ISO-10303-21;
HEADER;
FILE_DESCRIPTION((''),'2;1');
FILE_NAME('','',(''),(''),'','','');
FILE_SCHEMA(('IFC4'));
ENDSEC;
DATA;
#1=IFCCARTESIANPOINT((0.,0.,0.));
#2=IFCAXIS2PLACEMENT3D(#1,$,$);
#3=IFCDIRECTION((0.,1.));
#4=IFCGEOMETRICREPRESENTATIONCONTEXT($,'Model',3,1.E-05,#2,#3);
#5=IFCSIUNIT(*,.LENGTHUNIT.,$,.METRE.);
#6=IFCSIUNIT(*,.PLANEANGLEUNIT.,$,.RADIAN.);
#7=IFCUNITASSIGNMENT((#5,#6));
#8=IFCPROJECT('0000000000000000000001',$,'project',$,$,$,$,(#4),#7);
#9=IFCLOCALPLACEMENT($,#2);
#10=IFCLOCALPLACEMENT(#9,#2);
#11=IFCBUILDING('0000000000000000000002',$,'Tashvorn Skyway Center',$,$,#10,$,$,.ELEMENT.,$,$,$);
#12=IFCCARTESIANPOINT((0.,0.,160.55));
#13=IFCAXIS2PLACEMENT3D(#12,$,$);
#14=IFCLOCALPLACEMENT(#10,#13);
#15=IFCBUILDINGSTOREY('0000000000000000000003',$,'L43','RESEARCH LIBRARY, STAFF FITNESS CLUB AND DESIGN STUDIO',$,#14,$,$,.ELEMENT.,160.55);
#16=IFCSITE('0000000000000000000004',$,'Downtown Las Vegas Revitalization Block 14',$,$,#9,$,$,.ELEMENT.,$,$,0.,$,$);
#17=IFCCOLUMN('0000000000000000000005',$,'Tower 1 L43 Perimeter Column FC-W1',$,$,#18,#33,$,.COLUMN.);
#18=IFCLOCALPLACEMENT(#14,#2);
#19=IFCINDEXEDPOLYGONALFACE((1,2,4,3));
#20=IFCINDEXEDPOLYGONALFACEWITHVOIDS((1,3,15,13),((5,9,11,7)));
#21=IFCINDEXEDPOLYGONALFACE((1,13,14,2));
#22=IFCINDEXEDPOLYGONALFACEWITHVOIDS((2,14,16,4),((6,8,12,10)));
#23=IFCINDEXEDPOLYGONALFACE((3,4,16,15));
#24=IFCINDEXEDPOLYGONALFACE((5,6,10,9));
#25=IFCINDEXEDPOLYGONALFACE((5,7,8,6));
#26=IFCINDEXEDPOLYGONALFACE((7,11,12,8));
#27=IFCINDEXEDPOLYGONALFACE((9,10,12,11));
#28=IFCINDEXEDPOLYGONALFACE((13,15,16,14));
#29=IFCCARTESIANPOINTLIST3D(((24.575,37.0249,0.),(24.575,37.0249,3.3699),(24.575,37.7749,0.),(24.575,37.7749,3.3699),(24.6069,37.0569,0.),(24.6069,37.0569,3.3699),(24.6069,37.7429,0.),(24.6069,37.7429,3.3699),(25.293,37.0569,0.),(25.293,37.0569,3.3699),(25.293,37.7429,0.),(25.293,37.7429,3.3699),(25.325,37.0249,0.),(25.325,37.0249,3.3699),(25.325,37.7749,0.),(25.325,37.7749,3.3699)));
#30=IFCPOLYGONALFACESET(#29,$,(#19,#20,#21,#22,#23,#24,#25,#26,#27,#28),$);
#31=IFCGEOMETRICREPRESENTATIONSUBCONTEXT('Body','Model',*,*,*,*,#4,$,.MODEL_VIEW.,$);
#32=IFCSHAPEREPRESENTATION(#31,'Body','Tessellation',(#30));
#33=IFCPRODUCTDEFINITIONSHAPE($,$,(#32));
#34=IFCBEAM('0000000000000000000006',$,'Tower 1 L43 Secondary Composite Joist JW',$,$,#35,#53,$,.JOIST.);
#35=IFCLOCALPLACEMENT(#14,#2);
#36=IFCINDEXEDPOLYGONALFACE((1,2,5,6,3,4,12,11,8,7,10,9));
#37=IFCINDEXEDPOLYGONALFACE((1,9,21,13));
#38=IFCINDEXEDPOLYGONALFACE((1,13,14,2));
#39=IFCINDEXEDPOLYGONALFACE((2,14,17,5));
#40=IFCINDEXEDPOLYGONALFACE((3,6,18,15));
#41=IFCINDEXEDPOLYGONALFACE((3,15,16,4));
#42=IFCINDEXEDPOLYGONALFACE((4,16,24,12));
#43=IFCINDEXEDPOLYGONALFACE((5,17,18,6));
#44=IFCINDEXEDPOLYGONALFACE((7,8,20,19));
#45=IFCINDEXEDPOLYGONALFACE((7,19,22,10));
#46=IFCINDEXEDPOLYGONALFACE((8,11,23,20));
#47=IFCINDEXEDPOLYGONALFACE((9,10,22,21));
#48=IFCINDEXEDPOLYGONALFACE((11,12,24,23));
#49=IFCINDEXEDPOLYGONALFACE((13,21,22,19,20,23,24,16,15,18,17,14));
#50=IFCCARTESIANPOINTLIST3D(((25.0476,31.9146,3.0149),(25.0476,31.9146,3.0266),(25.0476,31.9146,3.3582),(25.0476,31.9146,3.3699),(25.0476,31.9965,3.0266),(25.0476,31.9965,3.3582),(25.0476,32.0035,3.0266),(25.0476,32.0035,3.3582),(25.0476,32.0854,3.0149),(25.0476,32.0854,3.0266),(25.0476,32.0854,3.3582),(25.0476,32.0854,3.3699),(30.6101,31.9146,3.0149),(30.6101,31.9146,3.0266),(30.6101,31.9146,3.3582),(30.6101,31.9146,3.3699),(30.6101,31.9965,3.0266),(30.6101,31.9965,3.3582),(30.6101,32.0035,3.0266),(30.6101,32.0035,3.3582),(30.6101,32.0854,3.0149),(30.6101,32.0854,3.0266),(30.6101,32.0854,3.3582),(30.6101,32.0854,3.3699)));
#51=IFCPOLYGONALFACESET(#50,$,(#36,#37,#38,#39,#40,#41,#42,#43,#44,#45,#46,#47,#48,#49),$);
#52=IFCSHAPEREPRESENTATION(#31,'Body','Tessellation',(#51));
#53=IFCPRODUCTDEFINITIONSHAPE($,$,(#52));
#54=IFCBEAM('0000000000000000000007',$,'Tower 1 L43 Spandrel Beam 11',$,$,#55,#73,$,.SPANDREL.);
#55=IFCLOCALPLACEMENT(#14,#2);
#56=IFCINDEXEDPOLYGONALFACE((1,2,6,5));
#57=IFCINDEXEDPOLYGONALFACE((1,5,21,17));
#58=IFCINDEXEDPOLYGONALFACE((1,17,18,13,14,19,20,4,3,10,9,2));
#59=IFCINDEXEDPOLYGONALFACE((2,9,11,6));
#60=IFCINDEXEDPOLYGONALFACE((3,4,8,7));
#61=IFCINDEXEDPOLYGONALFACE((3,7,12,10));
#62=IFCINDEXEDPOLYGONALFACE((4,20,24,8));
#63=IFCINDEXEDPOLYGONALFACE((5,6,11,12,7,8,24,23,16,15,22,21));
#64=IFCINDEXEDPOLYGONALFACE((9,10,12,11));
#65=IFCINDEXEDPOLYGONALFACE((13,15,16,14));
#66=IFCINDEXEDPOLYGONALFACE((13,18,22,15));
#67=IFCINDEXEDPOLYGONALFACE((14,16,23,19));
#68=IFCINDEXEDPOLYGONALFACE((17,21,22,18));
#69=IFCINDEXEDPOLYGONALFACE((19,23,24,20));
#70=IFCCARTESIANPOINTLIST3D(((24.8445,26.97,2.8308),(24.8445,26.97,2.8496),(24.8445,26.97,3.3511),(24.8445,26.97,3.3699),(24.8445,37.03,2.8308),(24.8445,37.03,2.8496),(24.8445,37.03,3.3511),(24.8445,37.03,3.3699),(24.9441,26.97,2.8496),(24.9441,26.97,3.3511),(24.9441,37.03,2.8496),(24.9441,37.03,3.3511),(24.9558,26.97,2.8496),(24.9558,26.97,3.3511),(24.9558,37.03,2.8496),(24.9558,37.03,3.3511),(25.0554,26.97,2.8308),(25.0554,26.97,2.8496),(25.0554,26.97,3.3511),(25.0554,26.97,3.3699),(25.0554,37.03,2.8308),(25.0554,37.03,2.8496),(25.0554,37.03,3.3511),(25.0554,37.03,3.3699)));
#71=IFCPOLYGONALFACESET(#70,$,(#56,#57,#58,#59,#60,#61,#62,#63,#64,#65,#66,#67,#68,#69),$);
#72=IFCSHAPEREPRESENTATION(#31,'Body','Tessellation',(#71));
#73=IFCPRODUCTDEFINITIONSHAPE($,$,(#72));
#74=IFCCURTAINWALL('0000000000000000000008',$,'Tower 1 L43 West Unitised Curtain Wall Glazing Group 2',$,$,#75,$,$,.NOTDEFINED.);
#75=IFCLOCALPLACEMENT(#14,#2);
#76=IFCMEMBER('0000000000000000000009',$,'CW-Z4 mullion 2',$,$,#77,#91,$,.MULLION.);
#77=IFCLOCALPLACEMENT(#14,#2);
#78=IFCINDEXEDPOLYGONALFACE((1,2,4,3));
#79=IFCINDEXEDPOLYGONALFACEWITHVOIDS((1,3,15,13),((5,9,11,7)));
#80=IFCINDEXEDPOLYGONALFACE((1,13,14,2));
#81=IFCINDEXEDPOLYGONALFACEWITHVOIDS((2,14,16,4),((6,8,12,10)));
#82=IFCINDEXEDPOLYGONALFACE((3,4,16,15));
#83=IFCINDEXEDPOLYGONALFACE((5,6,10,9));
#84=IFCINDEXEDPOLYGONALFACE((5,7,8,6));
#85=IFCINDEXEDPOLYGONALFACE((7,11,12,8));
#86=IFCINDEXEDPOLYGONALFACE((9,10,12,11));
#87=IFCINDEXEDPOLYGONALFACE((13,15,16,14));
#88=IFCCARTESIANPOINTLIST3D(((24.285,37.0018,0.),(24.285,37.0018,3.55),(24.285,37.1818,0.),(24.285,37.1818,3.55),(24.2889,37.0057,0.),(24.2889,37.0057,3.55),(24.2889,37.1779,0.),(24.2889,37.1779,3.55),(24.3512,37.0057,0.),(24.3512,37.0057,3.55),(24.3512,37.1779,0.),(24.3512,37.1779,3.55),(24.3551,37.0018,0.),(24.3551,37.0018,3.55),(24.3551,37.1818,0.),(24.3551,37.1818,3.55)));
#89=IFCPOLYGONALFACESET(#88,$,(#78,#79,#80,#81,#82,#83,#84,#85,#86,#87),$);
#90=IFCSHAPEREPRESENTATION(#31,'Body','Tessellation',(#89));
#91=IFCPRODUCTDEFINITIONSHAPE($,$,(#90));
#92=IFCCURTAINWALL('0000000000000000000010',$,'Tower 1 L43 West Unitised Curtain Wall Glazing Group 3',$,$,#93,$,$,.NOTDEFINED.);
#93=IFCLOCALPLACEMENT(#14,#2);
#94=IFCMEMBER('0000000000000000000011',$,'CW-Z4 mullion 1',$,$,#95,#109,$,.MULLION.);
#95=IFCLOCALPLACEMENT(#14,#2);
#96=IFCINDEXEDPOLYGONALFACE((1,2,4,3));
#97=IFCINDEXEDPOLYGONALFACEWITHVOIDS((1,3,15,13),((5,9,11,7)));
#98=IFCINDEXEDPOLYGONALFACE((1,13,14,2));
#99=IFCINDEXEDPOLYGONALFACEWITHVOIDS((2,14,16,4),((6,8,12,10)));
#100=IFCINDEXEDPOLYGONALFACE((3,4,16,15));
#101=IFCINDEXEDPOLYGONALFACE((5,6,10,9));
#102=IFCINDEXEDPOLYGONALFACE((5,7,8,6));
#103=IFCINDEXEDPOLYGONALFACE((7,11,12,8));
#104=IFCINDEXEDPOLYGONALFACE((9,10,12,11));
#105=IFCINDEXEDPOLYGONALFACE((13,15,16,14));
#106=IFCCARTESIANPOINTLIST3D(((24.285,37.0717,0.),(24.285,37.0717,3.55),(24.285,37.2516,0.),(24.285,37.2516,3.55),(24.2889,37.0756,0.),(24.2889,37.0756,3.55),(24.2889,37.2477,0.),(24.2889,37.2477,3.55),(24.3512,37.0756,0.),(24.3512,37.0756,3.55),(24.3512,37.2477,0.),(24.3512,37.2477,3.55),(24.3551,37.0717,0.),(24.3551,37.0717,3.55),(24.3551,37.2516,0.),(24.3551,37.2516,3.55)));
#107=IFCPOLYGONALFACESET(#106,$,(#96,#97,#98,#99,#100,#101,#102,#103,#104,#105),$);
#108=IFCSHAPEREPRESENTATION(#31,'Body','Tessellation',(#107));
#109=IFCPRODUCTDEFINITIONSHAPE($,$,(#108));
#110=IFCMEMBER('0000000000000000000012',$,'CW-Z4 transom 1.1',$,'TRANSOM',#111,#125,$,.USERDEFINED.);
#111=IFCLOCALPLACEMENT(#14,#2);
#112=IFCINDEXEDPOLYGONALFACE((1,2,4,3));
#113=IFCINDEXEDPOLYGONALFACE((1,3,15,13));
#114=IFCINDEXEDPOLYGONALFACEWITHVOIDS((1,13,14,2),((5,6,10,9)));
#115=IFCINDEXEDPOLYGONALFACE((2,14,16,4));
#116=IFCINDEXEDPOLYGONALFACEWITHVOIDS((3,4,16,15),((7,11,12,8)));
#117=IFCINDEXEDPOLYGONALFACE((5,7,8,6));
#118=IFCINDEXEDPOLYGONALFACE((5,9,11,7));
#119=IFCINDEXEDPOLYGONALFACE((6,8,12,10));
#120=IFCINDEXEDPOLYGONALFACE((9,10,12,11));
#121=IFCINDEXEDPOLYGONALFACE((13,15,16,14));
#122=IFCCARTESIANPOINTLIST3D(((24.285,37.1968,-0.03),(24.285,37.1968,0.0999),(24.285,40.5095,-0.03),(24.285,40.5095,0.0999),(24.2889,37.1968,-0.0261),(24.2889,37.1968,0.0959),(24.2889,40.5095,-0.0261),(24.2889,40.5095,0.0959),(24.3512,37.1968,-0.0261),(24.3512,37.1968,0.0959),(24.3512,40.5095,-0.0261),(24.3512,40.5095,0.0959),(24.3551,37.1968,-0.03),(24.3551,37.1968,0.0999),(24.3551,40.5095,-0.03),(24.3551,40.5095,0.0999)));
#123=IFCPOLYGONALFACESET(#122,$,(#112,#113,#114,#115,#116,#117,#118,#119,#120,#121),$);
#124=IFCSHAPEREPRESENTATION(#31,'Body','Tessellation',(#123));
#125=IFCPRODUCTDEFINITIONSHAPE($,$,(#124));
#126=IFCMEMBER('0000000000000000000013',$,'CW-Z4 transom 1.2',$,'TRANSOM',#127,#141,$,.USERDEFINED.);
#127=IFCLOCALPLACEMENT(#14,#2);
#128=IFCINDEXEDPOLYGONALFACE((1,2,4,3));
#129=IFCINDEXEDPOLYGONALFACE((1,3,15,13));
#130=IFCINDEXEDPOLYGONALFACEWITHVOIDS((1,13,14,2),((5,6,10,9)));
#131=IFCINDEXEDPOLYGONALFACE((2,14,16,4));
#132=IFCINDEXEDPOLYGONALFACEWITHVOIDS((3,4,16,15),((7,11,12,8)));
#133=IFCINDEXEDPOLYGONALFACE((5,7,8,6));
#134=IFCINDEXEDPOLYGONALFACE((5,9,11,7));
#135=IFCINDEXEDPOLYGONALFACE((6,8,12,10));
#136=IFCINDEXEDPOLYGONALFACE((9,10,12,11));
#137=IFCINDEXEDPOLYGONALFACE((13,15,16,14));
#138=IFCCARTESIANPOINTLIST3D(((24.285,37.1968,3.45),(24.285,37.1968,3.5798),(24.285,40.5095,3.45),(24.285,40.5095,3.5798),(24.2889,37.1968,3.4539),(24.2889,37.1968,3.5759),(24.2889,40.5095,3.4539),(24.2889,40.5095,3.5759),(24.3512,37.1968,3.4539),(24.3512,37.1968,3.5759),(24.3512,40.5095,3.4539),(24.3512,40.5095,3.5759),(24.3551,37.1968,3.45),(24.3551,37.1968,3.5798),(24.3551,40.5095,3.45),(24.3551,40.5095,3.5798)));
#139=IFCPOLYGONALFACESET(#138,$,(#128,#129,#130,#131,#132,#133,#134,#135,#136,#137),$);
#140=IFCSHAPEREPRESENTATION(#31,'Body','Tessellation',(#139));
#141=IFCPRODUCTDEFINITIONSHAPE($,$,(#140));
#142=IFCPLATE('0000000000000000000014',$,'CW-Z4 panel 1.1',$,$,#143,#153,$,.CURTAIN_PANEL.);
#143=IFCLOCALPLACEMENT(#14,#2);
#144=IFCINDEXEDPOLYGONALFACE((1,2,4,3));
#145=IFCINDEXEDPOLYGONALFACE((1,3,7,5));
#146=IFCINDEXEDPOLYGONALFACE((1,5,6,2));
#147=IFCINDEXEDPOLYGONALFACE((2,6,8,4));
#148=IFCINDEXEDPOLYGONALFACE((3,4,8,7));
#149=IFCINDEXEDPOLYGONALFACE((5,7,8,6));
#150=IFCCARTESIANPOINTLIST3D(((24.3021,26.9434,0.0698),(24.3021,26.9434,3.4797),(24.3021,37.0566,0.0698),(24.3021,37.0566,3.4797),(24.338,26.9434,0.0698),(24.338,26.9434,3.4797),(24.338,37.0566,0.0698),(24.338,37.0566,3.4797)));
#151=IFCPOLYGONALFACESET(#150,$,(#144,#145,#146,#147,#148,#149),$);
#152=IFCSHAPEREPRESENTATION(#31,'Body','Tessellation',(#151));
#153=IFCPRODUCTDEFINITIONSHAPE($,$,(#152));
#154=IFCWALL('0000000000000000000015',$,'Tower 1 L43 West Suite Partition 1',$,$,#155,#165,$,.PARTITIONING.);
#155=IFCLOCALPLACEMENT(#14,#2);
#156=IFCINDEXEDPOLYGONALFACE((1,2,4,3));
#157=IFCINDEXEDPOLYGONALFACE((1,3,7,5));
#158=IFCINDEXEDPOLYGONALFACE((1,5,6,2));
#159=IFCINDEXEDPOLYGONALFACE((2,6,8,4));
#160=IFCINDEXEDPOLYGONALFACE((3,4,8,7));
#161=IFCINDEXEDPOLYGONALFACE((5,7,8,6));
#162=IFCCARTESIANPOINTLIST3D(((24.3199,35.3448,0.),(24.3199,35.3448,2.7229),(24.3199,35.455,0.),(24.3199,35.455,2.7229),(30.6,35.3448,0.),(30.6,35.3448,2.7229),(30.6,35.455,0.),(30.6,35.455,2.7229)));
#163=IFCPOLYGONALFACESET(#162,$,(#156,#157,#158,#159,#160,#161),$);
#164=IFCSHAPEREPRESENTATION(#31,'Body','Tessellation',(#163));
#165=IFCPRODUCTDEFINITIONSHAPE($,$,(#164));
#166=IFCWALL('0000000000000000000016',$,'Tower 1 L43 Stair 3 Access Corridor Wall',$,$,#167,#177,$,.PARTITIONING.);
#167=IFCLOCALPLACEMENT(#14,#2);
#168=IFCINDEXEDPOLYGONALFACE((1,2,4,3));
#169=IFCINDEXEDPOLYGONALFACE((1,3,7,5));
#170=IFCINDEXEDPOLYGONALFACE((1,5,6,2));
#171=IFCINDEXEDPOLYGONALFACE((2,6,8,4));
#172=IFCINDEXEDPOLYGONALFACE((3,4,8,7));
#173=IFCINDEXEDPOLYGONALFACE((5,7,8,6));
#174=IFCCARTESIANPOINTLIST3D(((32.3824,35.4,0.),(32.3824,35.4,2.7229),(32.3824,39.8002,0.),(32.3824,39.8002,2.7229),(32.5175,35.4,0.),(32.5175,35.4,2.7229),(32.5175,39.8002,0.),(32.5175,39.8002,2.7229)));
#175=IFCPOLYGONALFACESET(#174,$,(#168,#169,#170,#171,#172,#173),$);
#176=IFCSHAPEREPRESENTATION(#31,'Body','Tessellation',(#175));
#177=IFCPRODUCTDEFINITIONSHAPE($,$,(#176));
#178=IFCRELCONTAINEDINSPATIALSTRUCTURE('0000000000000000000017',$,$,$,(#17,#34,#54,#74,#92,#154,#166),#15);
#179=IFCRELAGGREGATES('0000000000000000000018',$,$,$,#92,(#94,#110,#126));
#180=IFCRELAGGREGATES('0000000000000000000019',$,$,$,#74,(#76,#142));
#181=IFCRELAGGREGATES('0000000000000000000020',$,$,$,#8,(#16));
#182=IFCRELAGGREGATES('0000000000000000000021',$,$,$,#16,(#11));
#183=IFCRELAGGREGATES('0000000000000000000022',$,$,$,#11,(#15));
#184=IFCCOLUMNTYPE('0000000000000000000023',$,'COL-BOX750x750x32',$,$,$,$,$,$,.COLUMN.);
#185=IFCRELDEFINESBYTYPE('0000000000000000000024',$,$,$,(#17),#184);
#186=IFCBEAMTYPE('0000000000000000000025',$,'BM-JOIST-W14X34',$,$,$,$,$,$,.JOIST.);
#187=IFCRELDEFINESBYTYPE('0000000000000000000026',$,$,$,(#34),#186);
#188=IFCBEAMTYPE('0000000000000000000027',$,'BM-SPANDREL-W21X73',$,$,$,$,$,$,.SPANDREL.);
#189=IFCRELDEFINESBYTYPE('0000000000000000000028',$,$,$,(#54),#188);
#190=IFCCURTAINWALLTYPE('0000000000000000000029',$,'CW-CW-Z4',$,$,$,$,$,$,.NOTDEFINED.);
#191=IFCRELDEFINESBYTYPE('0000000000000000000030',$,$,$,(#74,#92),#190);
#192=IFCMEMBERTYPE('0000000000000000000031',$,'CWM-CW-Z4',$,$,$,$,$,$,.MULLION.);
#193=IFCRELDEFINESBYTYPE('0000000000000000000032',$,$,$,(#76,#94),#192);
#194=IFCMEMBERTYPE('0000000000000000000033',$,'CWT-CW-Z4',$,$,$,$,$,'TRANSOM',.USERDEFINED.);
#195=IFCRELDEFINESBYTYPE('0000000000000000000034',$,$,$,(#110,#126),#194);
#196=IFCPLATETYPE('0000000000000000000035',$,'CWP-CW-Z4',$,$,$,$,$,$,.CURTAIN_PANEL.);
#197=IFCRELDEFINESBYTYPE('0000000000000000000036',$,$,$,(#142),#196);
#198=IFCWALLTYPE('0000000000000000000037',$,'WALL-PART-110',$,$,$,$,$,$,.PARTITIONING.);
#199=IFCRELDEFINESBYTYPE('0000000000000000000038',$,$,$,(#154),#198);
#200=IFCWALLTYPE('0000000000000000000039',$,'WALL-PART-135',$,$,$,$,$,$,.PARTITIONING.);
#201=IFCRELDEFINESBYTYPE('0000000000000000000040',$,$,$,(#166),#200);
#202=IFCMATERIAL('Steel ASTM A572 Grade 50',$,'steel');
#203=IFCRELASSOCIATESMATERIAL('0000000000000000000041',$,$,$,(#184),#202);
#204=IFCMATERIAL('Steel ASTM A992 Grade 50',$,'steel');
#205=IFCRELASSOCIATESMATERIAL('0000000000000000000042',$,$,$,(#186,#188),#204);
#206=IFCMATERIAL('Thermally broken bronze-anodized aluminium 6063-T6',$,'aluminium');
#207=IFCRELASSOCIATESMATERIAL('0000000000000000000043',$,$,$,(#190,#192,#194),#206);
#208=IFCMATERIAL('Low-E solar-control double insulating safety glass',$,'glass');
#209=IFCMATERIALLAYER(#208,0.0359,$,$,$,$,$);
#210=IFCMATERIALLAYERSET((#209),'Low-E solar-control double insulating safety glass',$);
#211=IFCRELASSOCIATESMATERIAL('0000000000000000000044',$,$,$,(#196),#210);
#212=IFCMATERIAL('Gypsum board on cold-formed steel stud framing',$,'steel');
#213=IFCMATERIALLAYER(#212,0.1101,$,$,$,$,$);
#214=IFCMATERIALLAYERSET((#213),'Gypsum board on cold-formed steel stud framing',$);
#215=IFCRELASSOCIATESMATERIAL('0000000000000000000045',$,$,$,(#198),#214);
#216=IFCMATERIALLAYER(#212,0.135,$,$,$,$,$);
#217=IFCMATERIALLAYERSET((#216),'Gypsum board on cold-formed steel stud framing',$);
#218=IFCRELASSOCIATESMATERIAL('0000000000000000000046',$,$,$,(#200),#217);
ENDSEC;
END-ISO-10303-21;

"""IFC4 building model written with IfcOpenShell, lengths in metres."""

from ifc_helpers import new_model, si_unit, direction, frame, frame_2d, origin, origin_2d, place, context, subcontext, project, spatial, rectangle, hollow_rectangle, i_section, extrude, material, layer, layer_set, material_profile, profile_set, type_object, element, aggregate, save


model = new_model("IFC4")

# Units and contexts
model_context = context("Model", 3, precision=1e-05, world=origin(), true_north=direction((0.0, 1.0)))
body_context = subcontext(model_context, "Body", "Model", "MODEL_VIEW")
ifc_project = project(units=[si_unit("LENGTHUNIT", "METRE"), si_unit("PLANEANGLEUNIT", "RADIAN")], contexts=[model_context])

# Site, building, storey
site_placement = place(None, origin())
site = spatial("IfcSite", under=ifc_project, at=site_placement, Name="Downtown Las Vegas Revitalization Block 14", CompositionType="ELEMENT", RefElevation=0.0)
building_placement = place(site_placement, origin())
building = spatial("IfcBuilding", under=site, at=building_placement, Name="Tashvorn Skyway Center", CompositionType="ELEMENT")
storey_placement = place(building_placement, frame((0.0, 0.0, 160.55)))
storey = spatial("IfcBuildingStorey", under=building, at=storey_placement, Name="L43", Description="RESEARCH LIBRARY, STAFF FITNESS CLUB AND DESIGN STUDIO", CompositionType="ELEMENT", Elevation=160.55)

# Column
ifc_material_1 = material(Name="Steel ASTM A572 Grade 50", Category="steel")
ifc_material_profile_1 = material_profile(ifc_material_1, hollow_rectangle(XDim=0.75, YDim=0.75, WallThickness=0.032, at=origin_2d()), Name="BOX750x750x32")
ifc_profile_set_1 = profile_set([ifc_material_profile_1], Name="Steel ASTM A572 Grade 50")
column_type = type_object("IfcColumnType", Name="COL-BOX750x750x32", PredefinedType="COLUMN", material=ifc_profile_set_1)
column_placement = place(storey_placement, frame((24.95, 37.3999, 0.0), z_axis=(0.0, 0.0, 1.0), x_axis=(1.0, 0.0, 0.0)))
element("IfcColumn", 1, at=column_placement, inside=storey, type_object=column_type, Name="Tower 1 L43 Perimeter Column FC-W1", PredefinedType="COLUMN", context=body_context, shape_type="SweptSolid", body=[
    extrude(hollow_rectangle(XDim=0.75, YDim=0.75, WallThickness=0.032, at=origin_2d()), origin(), (0.0, 0.0, 1.0), 3.3699),
])

# Beams
ifc_material_2 = material(Name="Steel ASTM A992 Grade 50", Category="steel")
ifc_material_profile_2 = material_profile(ifc_material_2, i_section(OverallWidth=0.1709, OverallDepth=0.355, WebThickness=0.0071, FlangeThickness=0.0117, at=origin_2d()), Name="W14X34")
ifc_profile_set_2 = profile_set([ifc_material_profile_2], Name="Steel ASTM A992 Grade 50")
beam_type_1 = type_object("IfcBeamType", Name="BM-JOIST-W14X34", PredefinedType="JOIST", material=ifc_profile_set_2)
beam_1_placement = place(storey_placement, frame((30.6101, 32.0, 3.1924), z_axis=(-1.0, 0.0, 0.0), x_axis=(0.0, -1.0, 0.0)))
element("IfcBeam", 2, at=beam_1_placement, inside=storey, type_object=beam_type_1, Name="Tower 1 L43 Secondary Composite Joist JW", PredefinedType="JOIST", context=body_context, shape_type="SweptSolid", body=[
    extrude(i_section(OverallWidth=0.1709, OverallDepth=0.355, WebThickness=0.0071, FlangeThickness=0.0117, at=origin_2d()), origin(), (0.0, 0.0, 1.0), 5.5625),
])
ifc_material_profile_3 = material_profile(ifc_material_2, i_section(OverallWidth=0.2109, OverallDepth=0.5391, WebThickness=0.0117, FlangeThickness=0.0188, at=origin_2d()), Name="W21X73")
ifc_profile_set_3 = profile_set([ifc_material_profile_3], Name="Steel ASTM A992 Grade 50")
beam_type_2 = type_object("IfcBeamType", Name="BM-SPANDREL-W21X73", PredefinedType="SPANDREL", material=ifc_profile_set_3)
beam_2_placement = place(storey_placement, frame((24.95, 37.03, 3.1003), z_axis=(0.0, -1.0, 0.0), x_axis=(1.0, 0.0, 0.0)))
element("IfcBeam", 3, at=beam_2_placement, inside=storey, type_object=beam_type_2, Name="Tower 1 L43 Spandrel Beam 11", PredefinedType="SPANDREL", context=body_context, shape_type="SweptSolid", body=[
    extrude(i_section(OverallWidth=0.2109, OverallDepth=0.5391, WebThickness=0.0117, FlangeThickness=0.0188, at=origin_2d()), origin(), (0.0, 0.0, 1.0), 10.0601),
])

# Curtain wall, member
ifc_material_3 = material(Name="Thermally broken bronze-anodized aluminium 6063-T6", Category="aluminium")
curtain_wall_type = type_object("IfcCurtainWallType", Name="CW-CW-Z4", PredefinedType="NOTDEFINED", material=ifc_material_3)
curtain_wall_1_placement = place(storey_placement, origin())
curtain_wall_1 = element("IfcCurtainWall", 4, at=curtain_wall_1_placement, inside=storey, type_object=curtain_wall_type, Name="Tower 1 L43 West Unitised Curtain Wall Glazing Group 2", PredefinedType="NOTDEFINED")
ifc_material_profile_4 = material_profile(ifc_material_3, hollow_rectangle(XDim=0.0701, YDim=0.1799, WallThickness=0.0039, at=origin_2d()), Name="ALU-MULL-70x180")
ifc_profile_set_4 = profile_set([ifc_material_profile_4], Name="Thermally broken bronze-anodized aluminium 6063-T6")
member_type_1 = type_object("IfcMemberType", Name="CWM-CW-Z4", PredefinedType="MULLION", material=ifc_profile_set_4)
member_1_placement = place(storey_placement, frame((24.3201, 37.0918, 0.0), z_axis=(0.0, 0.0, 1.0), x_axis=(-1.0, 0.0, 0.0)))
member_1 = element("IfcMember", 5, at=member_1_placement, type_object=member_type_1, Name="CW-Z4 mullion 2", PredefinedType="MULLION", context=body_context, shape_type="SweptSolid", body=[
    extrude(hollow_rectangle(XDim=0.0701, YDim=0.1799, WallThickness=0.0039, at=origin_2d()), origin(), (0.0, 0.0, 1.0), 3.55),
])

# Curtain wall, members
curtain_wall_2_placement = place(storey_placement, origin())
curtain_wall_2 = element("IfcCurtainWall", 6, at=curtain_wall_2_placement, inside=storey, type_object=curtain_wall_type, Name="Tower 1 L43 West Unitised Curtain Wall Glazing Group 3", PredefinedType="NOTDEFINED")
member_2_placement = place(storey_placement, frame((24.3201, 37.1616, 0.0), z_axis=(0.0, 0.0, 1.0), x_axis=(-1.0, 0.0, 0.0)))
member_2 = element("IfcMember", 7, at=member_2_placement, type_object=member_type_1, Name="CW-Z4 mullion 1", PredefinedType="MULLION", context=body_context, shape_type="SweptSolid", body=[
    extrude(hollow_rectangle(XDim=0.0701, YDim=0.1799, WallThickness=0.0039, at=origin_2d()), origin(), (0.0, 0.0, 1.0), 3.55),
])
ifc_material_profile_5 = material_profile(ifc_material_3, hollow_rectangle(XDim=0.0701, YDim=0.1299, WallThickness=0.0039, at=origin_2d()), Name="ALU-TRAN-70x130")
ifc_profile_set_5 = profile_set([ifc_material_profile_5], Name="Thermally broken bronze-anodized aluminium 6063-T6")
member_type_2 = type_object("IfcMemberType", Name="CWT-CW-Z4", ElementType="TRANSOM", PredefinedType="USERDEFINED", material=ifc_profile_set_5)
member_3_placement = place(storey_placement, frame((24.3201, 37.1968, 0.0349), z_axis=(0.0, 1.0, 0.0), x_axis=(-1.0, 0.0, 0.0)))
member_3 = element("IfcMember", 8, at=member_3_placement, type_object=member_type_2, Name="CW-Z4 transom 1.1", ObjectType="TRANSOM", PredefinedType="USERDEFINED", context=body_context, shape_type="SweptSolid", body=[
    extrude(hollow_rectangle(XDim=0.0701, YDim=0.1299, WallThickness=0.0039, at=origin_2d()), origin(), (0.0, 0.0, 1.0), 3.3127),
])
member_4_placement = place(storey_placement, frame((24.3201, 37.1968, 3.5149), z_axis=(0.0, 1.0, 0.0), x_axis=(-1.0, 0.0, 0.0)))
member_4 = element("IfcMember", 9, at=member_4_placement, type_object=member_type_2, Name="CW-Z4 transom 1.2", ObjectType="TRANSOM", PredefinedType="USERDEFINED", context=body_context, shape_type="SweptSolid", body=[
    extrude(hollow_rectangle(XDim=0.0701, YDim=0.1299, WallThickness=0.0039, at=origin_2d()), origin(), (0.0, 0.0, 1.0), 3.3127),
])
aggregate(curtain_wall_2, [member_2, member_3, member_4])

# Plate
ifc_material_4 = material(Name="Low-E solar-control double insulating safety glass", Category="glass")
ifc_layer_1 = layer(ifc_material_4, 0.0359)
ifc_layer_set_1 = layer_set([ifc_layer_1], Name="Low-E solar-control double insulating safety glass")
plate_type = type_object("IfcPlateType", Name="CWP-CW-Z4", PredefinedType="CURTAIN_PANEL", material=ifc_layer_set_1)
plate_placement = place(storey_placement, frame((24.3201, 32.0, 0.0698), z_axis=(0.0, 0.0, 1.0), x_axis=(0.0, 1.0, 0.0)))
plate = element("IfcPlate", 10, at=plate_placement, type_object=plate_type, Name="CW-Z4 panel 1.1", PredefinedType="CURTAIN_PANEL", context=body_context, shape_type="SweptSolid", body=[
    extrude(rectangle(XDim=10.1133, YDim=0.0359, at=origin_2d()), origin(), (0.0, 0.0, 1.0), 3.4099),
])
aggregate(curtain_wall_1, [member_1, plate])

# Walls
ifc_material_5 = material(Name="Gypsum board on cold-formed steel stud framing", Category="steel")
ifc_layer_2 = layer(ifc_material_5, 0.1101)
ifc_layer_set_2 = layer_set([ifc_layer_2], Name="Gypsum board on cold-formed steel stud framing")
wall_type_1 = type_object("IfcWallType", Name="WALL-PART-110", PredefinedType="PARTITIONING", material=ifc_layer_set_2)
wall_1_placement = place(storey_placement, frame((30.6001, 35.3999, 0.0), z_axis=(0.0, 0.0, 1.0), x_axis=(-1.0, 0.0, 0.0)))
element("IfcWall", 11, at=wall_1_placement, inside=storey, type_object=wall_type_1, Name="Tower 1 L43 West Suite Partition 1", PredefinedType="PARTITIONING", context=body_context, shape_type="SweptSolid", body=[
    extrude(rectangle(XDim=6.28, YDim=0.1101, at=frame_2d((3.1401, 0.0))), origin(), (0.0, 0.0, 1.0), 2.7229),
])
ifc_layer_3 = layer(ifc_material_5, 0.135)
ifc_layer_set_3 = layer_set([ifc_layer_3], Name="Gypsum board on cold-formed steel stud framing")
wall_type_2 = type_object("IfcWallType", Name="WALL-PART-135", PredefinedType="PARTITIONING", material=ifc_layer_set_3)
wall_2_placement = place(storey_placement, frame((32.45, 35.3999, 0.0), z_axis=(0.0, 0.0, 1.0), x_axis=(0.0, 1.0, 0.0)))
element("IfcWall", 12, at=wall_2_placement, inside=storey, type_object=wall_type_2, Name="Tower 1 L43 Stair 3 Access Corridor Wall", PredefinedType="PARTITIONING", context=body_context, shape_type="SweptSolid", body=[
    extrude(rectangle(XDim=4.4001, YDim=0.135, at=frame_2d((2.2002, 0.0))), origin(), (0.0, 0.0, 1.0), 2.7229),
])

save(model, "model.ifc")
